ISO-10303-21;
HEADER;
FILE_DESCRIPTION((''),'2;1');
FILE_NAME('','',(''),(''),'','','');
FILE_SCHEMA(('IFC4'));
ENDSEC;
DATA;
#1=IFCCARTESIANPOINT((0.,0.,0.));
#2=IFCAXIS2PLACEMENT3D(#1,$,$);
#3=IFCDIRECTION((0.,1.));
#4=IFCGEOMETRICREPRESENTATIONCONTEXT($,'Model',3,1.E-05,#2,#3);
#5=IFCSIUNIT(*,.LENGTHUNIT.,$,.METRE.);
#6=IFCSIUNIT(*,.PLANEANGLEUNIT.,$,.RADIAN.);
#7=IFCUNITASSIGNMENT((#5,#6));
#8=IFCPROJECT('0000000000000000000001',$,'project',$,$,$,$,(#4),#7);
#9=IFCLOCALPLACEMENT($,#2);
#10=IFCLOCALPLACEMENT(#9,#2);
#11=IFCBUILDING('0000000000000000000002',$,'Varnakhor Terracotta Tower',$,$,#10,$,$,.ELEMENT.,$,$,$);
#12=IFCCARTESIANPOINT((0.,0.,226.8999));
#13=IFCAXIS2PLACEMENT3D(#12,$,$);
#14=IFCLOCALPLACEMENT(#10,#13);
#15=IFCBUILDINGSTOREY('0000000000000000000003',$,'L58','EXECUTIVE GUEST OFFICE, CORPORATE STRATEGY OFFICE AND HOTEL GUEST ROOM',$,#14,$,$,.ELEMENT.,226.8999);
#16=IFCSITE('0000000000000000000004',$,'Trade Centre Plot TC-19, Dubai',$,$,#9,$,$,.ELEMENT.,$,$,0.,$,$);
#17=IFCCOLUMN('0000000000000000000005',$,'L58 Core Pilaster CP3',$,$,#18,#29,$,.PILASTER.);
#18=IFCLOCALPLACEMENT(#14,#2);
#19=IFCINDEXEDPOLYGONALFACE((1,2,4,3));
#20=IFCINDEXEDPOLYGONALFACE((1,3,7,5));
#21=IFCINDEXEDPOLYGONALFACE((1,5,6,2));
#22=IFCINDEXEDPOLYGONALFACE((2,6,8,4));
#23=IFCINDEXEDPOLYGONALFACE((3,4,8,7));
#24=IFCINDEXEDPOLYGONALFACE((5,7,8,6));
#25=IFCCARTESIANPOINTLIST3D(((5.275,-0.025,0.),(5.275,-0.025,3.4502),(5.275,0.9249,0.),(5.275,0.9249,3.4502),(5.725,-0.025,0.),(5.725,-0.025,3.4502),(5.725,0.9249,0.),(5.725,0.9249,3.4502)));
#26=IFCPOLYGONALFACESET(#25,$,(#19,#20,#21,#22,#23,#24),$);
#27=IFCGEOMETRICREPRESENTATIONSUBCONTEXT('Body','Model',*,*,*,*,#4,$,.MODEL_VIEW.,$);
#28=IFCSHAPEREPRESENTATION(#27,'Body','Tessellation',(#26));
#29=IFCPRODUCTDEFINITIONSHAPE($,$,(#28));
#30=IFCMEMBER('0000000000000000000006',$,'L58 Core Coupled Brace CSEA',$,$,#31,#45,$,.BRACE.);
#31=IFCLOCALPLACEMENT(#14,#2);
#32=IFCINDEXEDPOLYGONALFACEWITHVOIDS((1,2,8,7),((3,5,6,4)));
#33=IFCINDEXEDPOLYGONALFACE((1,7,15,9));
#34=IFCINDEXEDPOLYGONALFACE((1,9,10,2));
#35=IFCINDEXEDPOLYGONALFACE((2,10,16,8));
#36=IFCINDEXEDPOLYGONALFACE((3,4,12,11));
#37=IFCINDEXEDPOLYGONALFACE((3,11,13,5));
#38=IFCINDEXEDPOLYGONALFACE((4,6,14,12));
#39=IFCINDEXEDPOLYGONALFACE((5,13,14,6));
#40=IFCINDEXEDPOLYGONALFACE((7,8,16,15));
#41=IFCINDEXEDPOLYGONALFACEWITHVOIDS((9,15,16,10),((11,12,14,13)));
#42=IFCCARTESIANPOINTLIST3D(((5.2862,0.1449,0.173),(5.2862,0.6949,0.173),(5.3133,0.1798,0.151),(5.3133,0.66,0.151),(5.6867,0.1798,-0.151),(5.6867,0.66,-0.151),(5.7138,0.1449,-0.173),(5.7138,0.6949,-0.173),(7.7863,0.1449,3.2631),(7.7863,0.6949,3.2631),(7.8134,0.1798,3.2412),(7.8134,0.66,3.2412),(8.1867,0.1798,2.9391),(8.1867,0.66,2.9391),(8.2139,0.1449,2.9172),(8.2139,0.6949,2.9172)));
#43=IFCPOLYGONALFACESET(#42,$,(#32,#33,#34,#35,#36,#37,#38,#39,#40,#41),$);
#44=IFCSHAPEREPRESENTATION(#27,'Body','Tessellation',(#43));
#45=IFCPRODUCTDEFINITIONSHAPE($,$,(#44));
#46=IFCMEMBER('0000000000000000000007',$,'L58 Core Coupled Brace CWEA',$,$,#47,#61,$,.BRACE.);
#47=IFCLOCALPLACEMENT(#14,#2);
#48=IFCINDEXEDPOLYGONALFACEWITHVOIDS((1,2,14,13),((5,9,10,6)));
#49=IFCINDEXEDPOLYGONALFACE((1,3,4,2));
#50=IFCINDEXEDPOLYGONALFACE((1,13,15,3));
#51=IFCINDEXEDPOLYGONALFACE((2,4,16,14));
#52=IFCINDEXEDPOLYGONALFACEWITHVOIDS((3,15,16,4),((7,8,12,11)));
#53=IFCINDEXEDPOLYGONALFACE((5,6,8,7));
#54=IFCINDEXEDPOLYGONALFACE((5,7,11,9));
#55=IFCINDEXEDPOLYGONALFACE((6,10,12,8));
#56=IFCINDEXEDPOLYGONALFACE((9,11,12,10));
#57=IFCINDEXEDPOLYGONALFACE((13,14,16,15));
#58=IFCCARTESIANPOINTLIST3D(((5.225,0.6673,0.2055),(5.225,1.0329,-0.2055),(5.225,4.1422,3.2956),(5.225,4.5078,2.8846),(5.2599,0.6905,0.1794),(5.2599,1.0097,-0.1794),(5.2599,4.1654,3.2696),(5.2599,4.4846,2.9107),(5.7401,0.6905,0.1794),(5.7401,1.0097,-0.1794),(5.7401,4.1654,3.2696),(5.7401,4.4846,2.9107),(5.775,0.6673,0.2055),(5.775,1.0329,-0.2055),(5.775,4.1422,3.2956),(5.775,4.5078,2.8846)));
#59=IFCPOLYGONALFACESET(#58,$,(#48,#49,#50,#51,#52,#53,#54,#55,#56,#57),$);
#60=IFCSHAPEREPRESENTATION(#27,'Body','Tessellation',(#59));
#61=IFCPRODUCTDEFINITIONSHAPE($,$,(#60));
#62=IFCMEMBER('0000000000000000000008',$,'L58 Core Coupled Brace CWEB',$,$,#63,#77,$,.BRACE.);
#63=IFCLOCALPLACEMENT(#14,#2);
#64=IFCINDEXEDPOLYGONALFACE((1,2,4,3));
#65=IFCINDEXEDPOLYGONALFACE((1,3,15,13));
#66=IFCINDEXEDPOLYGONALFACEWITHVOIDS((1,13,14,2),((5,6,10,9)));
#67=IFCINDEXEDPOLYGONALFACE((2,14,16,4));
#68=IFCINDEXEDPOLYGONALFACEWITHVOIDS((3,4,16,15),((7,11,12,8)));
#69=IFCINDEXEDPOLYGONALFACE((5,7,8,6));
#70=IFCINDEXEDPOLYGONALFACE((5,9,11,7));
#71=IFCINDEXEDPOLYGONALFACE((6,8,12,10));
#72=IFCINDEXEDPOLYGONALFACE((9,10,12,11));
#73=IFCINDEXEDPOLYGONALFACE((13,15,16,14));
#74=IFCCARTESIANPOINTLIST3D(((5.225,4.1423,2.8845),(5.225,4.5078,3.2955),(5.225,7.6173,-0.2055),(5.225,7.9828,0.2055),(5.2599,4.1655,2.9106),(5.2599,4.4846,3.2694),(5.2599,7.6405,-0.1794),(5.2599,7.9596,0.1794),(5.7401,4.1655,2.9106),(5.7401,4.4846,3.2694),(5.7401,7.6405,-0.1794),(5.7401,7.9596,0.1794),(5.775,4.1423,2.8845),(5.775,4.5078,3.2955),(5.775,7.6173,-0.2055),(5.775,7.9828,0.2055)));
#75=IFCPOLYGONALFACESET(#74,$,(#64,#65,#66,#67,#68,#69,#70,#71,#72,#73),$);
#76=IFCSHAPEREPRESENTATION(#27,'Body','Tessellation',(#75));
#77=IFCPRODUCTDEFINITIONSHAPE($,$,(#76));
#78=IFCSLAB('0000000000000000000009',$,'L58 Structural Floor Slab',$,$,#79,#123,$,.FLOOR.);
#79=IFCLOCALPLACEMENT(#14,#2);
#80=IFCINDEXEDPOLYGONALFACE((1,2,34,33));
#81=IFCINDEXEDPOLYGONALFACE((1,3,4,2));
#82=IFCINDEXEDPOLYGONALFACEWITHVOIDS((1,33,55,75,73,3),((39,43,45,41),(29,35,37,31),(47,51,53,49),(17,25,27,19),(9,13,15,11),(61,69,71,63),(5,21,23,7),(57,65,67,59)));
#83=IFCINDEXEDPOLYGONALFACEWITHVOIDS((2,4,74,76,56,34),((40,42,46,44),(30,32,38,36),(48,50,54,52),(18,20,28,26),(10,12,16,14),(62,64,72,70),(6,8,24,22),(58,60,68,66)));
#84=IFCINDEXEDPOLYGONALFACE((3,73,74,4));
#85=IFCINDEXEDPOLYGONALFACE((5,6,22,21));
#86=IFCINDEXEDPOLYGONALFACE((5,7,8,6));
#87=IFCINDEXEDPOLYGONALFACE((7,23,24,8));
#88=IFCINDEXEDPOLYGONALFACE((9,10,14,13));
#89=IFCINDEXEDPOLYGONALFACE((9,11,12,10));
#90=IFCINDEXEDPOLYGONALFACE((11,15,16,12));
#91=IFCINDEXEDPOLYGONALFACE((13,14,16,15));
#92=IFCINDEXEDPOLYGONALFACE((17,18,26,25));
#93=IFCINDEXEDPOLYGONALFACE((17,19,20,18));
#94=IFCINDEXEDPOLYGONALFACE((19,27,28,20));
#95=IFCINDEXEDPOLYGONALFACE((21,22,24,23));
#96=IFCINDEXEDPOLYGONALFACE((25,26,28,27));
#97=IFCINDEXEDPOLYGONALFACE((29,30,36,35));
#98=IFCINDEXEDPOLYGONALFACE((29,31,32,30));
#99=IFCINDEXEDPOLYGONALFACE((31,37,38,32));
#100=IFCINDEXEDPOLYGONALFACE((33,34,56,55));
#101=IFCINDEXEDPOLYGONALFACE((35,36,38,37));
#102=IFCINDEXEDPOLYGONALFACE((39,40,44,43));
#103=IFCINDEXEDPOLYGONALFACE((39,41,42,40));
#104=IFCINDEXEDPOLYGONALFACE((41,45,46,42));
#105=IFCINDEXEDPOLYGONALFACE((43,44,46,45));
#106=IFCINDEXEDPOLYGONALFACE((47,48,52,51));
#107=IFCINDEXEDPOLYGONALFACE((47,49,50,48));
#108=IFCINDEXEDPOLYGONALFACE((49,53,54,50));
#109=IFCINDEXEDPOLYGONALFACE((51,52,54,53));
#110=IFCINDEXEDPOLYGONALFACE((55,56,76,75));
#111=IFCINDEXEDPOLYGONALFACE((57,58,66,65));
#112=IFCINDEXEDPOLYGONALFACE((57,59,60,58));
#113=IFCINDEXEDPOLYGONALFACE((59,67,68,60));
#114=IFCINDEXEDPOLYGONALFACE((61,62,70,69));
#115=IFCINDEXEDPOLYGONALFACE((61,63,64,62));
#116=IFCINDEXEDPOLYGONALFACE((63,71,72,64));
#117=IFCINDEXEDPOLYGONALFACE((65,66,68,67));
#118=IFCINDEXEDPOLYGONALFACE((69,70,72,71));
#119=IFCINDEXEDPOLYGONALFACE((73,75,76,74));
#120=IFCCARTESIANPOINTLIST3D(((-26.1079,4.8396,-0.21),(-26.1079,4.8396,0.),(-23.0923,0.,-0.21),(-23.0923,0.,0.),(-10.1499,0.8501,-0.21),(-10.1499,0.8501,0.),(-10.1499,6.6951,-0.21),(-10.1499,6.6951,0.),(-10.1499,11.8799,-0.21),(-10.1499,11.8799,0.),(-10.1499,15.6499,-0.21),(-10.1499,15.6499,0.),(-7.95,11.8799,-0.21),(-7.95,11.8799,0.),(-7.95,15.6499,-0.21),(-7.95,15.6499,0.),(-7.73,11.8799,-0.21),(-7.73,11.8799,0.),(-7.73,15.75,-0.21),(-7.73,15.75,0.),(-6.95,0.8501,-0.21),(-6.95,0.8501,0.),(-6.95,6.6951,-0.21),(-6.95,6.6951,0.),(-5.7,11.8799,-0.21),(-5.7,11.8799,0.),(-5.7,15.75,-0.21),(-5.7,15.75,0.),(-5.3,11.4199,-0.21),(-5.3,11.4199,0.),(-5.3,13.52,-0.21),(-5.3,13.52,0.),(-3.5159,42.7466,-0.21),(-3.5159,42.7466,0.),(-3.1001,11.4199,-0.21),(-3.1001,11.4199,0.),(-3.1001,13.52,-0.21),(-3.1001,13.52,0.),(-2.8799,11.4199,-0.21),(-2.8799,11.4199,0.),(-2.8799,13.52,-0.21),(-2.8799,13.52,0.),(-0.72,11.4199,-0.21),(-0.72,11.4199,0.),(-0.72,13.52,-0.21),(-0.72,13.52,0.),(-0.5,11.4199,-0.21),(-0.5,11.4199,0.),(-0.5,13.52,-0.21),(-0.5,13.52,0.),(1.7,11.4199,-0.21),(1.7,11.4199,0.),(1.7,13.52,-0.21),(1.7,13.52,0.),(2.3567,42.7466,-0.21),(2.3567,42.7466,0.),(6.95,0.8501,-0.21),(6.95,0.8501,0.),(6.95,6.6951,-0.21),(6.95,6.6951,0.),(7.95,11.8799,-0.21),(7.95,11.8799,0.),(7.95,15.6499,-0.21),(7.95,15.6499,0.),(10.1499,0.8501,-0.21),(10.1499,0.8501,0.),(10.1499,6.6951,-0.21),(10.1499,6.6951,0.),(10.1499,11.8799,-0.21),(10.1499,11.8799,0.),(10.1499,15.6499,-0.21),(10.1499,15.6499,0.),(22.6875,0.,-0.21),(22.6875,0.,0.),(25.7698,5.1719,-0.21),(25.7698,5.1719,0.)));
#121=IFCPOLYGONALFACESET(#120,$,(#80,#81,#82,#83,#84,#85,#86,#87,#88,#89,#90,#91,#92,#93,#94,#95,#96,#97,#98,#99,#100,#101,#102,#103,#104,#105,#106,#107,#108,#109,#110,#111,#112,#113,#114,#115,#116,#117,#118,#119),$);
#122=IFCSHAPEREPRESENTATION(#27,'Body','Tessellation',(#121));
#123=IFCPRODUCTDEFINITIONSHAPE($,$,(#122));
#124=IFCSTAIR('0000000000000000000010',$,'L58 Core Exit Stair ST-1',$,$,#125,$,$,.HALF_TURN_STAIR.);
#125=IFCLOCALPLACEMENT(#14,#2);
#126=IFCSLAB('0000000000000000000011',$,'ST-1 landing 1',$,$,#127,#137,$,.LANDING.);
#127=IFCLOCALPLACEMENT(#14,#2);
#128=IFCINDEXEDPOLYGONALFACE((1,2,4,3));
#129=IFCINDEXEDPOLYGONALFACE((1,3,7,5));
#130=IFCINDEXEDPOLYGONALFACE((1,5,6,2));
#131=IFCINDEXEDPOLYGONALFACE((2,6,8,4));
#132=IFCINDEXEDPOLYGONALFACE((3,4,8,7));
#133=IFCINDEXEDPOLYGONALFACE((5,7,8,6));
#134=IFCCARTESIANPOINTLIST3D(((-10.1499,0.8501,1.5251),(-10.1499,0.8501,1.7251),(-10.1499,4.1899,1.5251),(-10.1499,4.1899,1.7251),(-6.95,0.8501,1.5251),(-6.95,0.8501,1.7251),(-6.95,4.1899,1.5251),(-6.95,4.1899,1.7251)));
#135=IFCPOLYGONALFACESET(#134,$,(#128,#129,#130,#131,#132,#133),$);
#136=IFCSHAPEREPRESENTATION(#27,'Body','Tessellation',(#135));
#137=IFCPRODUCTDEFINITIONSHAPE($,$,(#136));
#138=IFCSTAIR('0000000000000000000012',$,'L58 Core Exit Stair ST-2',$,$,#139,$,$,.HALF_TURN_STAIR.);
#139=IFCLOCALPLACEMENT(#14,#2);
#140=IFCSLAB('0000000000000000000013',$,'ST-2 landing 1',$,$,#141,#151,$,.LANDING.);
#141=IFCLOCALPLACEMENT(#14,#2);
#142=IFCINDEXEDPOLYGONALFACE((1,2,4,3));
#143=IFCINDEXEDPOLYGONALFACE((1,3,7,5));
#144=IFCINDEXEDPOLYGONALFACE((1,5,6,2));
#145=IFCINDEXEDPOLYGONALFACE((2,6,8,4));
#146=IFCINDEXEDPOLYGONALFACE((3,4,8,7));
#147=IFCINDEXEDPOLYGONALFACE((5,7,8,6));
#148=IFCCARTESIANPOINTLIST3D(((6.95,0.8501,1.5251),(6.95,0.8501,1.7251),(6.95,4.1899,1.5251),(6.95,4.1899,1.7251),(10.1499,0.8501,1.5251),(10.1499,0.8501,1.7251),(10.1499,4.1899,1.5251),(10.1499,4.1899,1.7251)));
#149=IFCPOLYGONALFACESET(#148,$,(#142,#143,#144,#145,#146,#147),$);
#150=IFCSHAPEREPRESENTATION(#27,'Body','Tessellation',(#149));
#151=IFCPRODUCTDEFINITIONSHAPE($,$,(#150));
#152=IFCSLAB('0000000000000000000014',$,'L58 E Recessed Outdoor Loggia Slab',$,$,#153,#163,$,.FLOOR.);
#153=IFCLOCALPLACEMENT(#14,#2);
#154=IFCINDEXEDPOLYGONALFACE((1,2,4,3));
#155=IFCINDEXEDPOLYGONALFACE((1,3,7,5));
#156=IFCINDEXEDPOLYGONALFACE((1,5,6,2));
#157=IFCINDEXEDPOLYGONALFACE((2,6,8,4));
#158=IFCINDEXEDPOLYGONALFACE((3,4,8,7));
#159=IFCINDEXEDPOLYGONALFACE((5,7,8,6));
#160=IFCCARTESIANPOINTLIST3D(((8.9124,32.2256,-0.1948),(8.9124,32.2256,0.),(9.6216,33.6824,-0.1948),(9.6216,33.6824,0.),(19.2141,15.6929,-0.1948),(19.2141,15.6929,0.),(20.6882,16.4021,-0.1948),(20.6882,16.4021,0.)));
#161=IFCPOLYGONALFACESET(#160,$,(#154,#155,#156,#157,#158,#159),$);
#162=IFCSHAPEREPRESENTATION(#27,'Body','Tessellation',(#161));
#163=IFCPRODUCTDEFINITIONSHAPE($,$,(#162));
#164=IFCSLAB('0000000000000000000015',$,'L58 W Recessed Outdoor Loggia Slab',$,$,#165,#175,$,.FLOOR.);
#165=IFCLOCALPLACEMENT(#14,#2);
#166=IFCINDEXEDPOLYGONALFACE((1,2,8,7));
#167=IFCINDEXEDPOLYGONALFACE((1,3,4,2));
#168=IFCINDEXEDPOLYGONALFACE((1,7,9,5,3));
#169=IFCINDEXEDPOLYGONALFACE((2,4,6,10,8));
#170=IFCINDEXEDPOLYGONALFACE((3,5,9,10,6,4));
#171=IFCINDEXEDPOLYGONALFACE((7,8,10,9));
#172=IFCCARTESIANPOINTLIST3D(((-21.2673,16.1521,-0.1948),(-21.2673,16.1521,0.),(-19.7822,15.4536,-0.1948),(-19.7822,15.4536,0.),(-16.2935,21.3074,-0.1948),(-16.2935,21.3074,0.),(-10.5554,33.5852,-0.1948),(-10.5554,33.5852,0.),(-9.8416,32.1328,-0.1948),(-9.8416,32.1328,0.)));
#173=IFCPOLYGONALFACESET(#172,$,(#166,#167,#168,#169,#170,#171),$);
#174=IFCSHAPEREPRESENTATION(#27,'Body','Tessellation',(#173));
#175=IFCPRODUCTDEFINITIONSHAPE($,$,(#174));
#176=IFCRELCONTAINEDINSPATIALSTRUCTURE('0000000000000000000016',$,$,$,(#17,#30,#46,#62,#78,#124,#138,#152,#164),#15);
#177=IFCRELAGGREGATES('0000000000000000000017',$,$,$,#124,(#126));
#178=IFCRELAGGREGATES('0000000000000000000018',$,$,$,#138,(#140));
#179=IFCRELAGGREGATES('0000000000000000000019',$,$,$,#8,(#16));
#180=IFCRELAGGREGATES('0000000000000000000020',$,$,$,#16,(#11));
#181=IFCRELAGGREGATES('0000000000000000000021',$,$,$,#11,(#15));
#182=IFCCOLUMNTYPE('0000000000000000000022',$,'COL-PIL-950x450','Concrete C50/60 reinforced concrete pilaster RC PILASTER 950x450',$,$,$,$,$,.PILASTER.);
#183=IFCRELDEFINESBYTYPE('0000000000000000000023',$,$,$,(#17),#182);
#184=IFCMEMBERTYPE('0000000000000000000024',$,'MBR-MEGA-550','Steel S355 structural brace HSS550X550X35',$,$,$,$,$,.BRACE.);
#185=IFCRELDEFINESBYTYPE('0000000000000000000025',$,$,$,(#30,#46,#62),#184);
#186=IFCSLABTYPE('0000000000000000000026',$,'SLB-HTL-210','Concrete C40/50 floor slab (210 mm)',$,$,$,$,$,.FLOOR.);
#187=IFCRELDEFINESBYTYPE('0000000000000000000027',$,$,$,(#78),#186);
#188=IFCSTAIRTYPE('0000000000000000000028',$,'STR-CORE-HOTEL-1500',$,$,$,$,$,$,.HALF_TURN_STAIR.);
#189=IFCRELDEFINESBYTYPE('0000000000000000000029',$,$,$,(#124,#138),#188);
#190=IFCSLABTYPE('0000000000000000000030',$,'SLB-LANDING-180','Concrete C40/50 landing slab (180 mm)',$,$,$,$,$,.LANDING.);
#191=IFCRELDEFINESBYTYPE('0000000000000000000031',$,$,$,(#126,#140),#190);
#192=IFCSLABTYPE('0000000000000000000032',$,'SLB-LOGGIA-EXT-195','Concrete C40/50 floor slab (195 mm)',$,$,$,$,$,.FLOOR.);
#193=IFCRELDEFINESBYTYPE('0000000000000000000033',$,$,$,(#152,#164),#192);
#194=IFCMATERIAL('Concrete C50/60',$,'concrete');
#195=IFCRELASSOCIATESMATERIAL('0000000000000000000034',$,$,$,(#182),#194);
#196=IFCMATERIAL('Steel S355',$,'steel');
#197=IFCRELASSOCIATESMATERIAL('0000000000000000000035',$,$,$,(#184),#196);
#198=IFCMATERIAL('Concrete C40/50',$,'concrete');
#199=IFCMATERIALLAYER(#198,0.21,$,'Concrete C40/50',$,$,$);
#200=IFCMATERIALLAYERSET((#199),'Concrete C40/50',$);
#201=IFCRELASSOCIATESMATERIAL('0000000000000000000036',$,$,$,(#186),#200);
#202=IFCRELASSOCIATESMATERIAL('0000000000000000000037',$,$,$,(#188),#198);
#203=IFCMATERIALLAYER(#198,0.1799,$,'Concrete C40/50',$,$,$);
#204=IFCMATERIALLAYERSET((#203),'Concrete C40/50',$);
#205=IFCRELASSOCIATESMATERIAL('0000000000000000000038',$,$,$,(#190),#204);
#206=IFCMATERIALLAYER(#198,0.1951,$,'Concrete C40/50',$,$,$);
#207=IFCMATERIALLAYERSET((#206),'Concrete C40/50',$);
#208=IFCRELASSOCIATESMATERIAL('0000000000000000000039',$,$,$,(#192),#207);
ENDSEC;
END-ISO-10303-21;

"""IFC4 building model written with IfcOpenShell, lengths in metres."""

from ifc_helpers import new_model, si_unit, direction, frame, origin, origin_2d, place, context, subcontext, project, spatial, polyline, rectangle, hollow_rectangle, outline, extrude, source, transform, mapped, material, layer, layer_set, material_profile, profile_set, type_object, element, aggregate, save


model = new_model("IFC4")

# Units and contexts
model_context = context("Model", 3, precision=1e-05, world=origin(), true_north=direction((0.0, 1.0)))
body_context = subcontext(model_context, "Body", "Model", "MODEL_VIEW")
ifc_project = project(units=[si_unit("LENGTHUNIT", "METRE"), si_unit("PLANEANGLEUNIT", "RADIAN")], contexts=[model_context])

# Site, building, storey
site_placement = place(None, origin())
site = spatial("IfcSite", under=ifc_project, at=site_placement, Name="Trade Centre Plot TC-19, Dubai", CompositionType="ELEMENT", RefElevation=0.0)
building_placement = place(site_placement, origin())
building = spatial("IfcBuilding", under=site, at=building_placement, Name="Varnakhor Terracotta Tower", CompositionType="ELEMENT")
storey_placement = place(building_placement, frame((0.0, 0.0, 226.8999)))
storey = spatial("IfcBuildingStorey", under=building, at=storey_placement, Name="L58", Description="EXECUTIVE GUEST OFFICE, CORPORATE STRATEGY OFFICE AND HOTEL GUEST ROOM", CompositionType="ELEMENT", Elevation=226.8999)

# Column
ifc_material_1 = material(Name="Concrete C50/60", Category="concrete")
ifc_material_profile_1 = material_profile(ifc_material_1, rectangle(XDim=0.45, YDim=0.95, at=origin_2d()), Name="RC PILASTER 950x450")
ifc_profile_set_1 = profile_set([ifc_material_profile_1], Name="Concrete C50/60")
column_type = type_object("IfcColumnType", Name="COL-PIL-950x450", Description="Concrete C50/60 reinforced concrete pilaster RC PILASTER 950x450", PredefinedType="PILASTER", material=ifc_profile_set_1)
shared_shape_1 = source(origin(), body_context, "Body", "SweptSolid", [
    extrude(rectangle(XDim=0.45, YDim=0.95, at=origin_2d()), origin(), (0.0, 0.0, 1.0), 3.4502),
])
column_placement = place(storey_placement, frame((5.5, 0.45, 0.0), z_axis=(0.0, 0.0, 1.0), x_axis=(1.0, 0.0, 0.0)))
element("IfcColumn", 1, at=column_placement, inside=storey, type_object=column_type, Name="L58 Core Pilaster CP3", PredefinedType="PILASTER", context=body_context, shape_type="MappedRepresentation", body=[
    mapped(shared_shape_1, transform((0.0, 0.0, 0.0), scale=1.0)),
])

# Members
ifc_material_2 = material(Name="Steel S355", Category="steel")
ifc_material_profile_2 = material_profile(ifc_material_2, hollow_rectangle(XDim=0.55, YDim=0.55, WallThickness=0.0349, at=origin_2d()), Name="HSS550X550X35")
ifc_profile_set_2 = profile_set([ifc_material_profile_2], Name="Steel S355")
member_type = type_object("IfcMemberType", Name="MBR-MEGA-550", Description="Steel S355 structural brace HSS550X550X35", PredefinedType="BRACE", material=ifc_profile_set_2)
shared_shape_2 = source(origin(), body_context, "Body", "SweptSolid", [
    extrude(hollow_rectangle(XDim=0.55, YDim=0.55, WallThickness=0.0349, at=origin_2d()), origin(), (0.0, 0.0, 1.0), 3.9749),
])
member_placement = place(storey_placement, frame((5.5, 0.4199, 0.0), z_axis=(0.62897, 0.0, 0.777429), x_axis=(0.0, 1.0, 0.0)))
element("IfcMember", 2, at=member_placement, inside=storey, type_object=member_type, Name="L58 Core Coupled Brace CSEA", PredefinedType="BRACE", context=body_context, shape_type="MappedRepresentation", body=[
    mapped(shared_shape_2, transform((0.0, 0.0, 0.0), scale=1.0)),
])
shared_shape_3 = source(origin(), body_context, "Body", "SweptSolid", [
    extrude(hollow_rectangle(XDim=0.55, YDim=0.55, WallThickness=0.0349, at=origin_2d()), origin(), (0.0, 0.0, 1.0), 4.6501),
])
for number, where, z_axis, x_axis, name in (
    (3, (5.5, 0.8501, 0.0), (0.0, 0.747267, 0.664524), (-1.0, 0.0, 0.0), "L58 Core Coupled Brace CWEA"),
    (4, (5.5, 7.8, 0.0), (0.0, -0.747291, 0.664497), (1.0, 0.0, 0.0), "L58 Core Coupled Brace CWEB"),
):
    element("IfcMember", number, at=place(storey_placement, frame(where, z_axis=z_axis, x_axis=x_axis)), inside=storey, type_object=member_type, Name=name, PredefinedType="BRACE", context=body_context, shape_type="MappedRepresentation", body=[
        mapped(shared_shape_3, transform((0.0, 0.0, 0.0), scale=1.0)),
    ])

# Slab
ifc_material_3 = material(Name="Concrete C40/50", Category="concrete")
ifc_layer_1 = layer(ifc_material_3, 0.21, Name="Concrete C40/50")
ifc_layer_set_1 = layer_set([ifc_layer_1], Name="Concrete C40/50")
slab_type_1 = type_object("IfcSlabType", Name="SLB-HTL-210", Description="Concrete C40/50 floor slab (210 mm)", PredefinedType="FLOOR", material=ifc_layer_set_1)
slab_1_placement = place(storey_placement, frame((0.0, 0.0, -0.21)))
element("IfcSlab", 5, at=slab_1_placement, inside=storey, type_object=slab_type_1, Name="L58 Structural Floor Slab", PredefinedType="FLOOR", context=body_context, shape_type="SweptSolid", body=[
    extrude(outline(polyline([(-26.1079, 4.8396), (-3.5159, 42.7466), (2.3567, 42.7466), (25.7698, 5.1719), (22.6875, 0.0), (-23.0923, 0.0), (-26.1079, 4.8396)]), holes=[polyline([(-6.95, 0.8501), (-6.95, 6.6951), (-10.1499, 6.6951), (-10.1499, 0.8501), (-6.95, 0.8501)]), polyline([(10.1499, 0.8501), (10.1499, 6.6951), (6.95, 6.6951), (6.95, 0.8501), (10.1499, 0.8501)]), polyline([(-3.1001, 11.4199), (-3.1001, 13.52), (-5.3, 13.52), (-5.3, 11.4199), (-3.1001, 11.4199)]), polyline([(-0.72, 11.4199), (-0.72, 13.52), (-2.8799, 13.52), (-2.8799, 11.4199), (-0.72, 11.4199)]), polyline([(1.7, 11.4199), (1.7, 13.52), (-0.5, 13.52), (-0.5, 11.4199), (1.7, 11.4199)]), polyline([(-7.95, 11.8799), (-7.95, 15.6499), (-10.1499, 15.6499), (-10.1499, 11.8799), (-7.95, 11.8799)]), polyline([(10.1499, 11.8799), (10.1499, 15.6499), (7.95, 15.6499), (7.95, 11.8799), (10.1499, 11.8799)]), polyline([(-5.7, 11.8799), (-5.7, 15.75), (-7.73, 15.75), (-7.73, 11.8799), (-5.7, 11.8799)])]), origin(), (0.0, 0.0, 1.0), 0.21),
])

# Stairs, slabs
stair_type = type_object("IfcStairType", Name="STR-CORE-HOTEL-1500", PredefinedType="HALF_TURN_STAIR", material=ifc_material_3)
stair_1_placement = place(storey_placement, origin())
stair_1 = element("IfcStair", 6, at=stair_1_placement, inside=storey, type_object=stair_type, Name="L58 Core Exit Stair ST-1", PredefinedType="HALF_TURN_STAIR")
ifc_layer_2 = layer(ifc_material_3, 0.1799, Name="Concrete C40/50")
ifc_layer_set_2 = layer_set([ifc_layer_2], Name="Concrete C40/50")
slab_type_2 = type_object("IfcSlabType", Name="SLB-LANDING-180", Description="Concrete C40/50 landing slab (180 mm)", PredefinedType="LANDING", material=ifc_layer_set_2)
slab_2_placement = place(storey_placement, frame((0.0, 0.0, 1.5251)))
slab_2 = element("IfcSlab", 7, at=slab_2_placement, type_object=slab_type_2, Name="ST-1 landing 1", PredefinedType="LANDING", context=body_context, shape_type="SweptSolid", body=[
    extrude(outline(polyline([(-10.1499, 4.1899), (-10.1499, 0.8501), (-6.95, 0.8501), (-6.95, 4.1899), (-10.1499, 4.1899)])), origin(), (0.0, 0.0, 1.0), 0.2),
])
aggregate(stair_1, [slab_2])
stair_2_placement = place(storey_placement, origin())
stair_2 = element("IfcStair", 8, at=stair_2_placement, inside=storey, type_object=stair_type, Name="L58 Core Exit Stair ST-2", PredefinedType="HALF_TURN_STAIR")
slab_3_placement = place(storey_placement, frame((0.0, 0.0, 1.5251)))
slab_3 = element("IfcSlab", 9, at=slab_3_placement, type_object=slab_type_2, Name="ST-2 landing 1", PredefinedType="LANDING", context=body_context, shape_type="SweptSolid", body=[
    extrude(outline(polyline([(6.95, 4.1899), (6.95, 0.8501), (10.1499, 0.8501), (10.1499, 4.1899), (6.95, 4.1899)])), origin(), (0.0, 0.0, 1.0), 0.2),
])

# Slabs
ifc_layer_3 = layer(ifc_material_3, 0.1951, Name="Concrete C40/50")
ifc_layer_set_3 = layer_set([ifc_layer_3], Name="Concrete C40/50")
slab_type_3 = type_object("IfcSlabType", Name="SLB-LOGGIA-EXT-195", Description="Concrete C40/50 floor slab (195 mm)", PredefinedType="FLOOR", material=ifc_layer_set_3)
slab_4_placement = place(storey_placement, frame((0.0, 0.0, -0.1948)))
element("IfcSlab", 10, at=slab_4_placement, inside=storey, type_object=slab_type_3, Name="L58 E Recessed Outdoor Loggia Slab", PredefinedType="FLOOR", context=body_context, shape_type="SweptSolid", body=[
    extrude(outline(polyline([(9.6216, 33.6824), (20.6882, 16.4021), (19.2141, 15.6929), (8.9124, 32.2256), (9.6216, 33.6824)])), origin(), (0.0, 0.0, 1.0), 0.1948),
])
slab_5_placement = place(storey_placement, frame((0.0, 0.0, -0.1948)))
element("IfcSlab", 11, at=slab_5_placement, inside=storey, type_object=slab_type_3, Name="L58 W Recessed Outdoor Loggia Slab", PredefinedType="FLOOR", context=body_context, shape_type="SweptSolid", body=[
    extrude(outline(polyline([(-21.2673, 16.1521), (-10.5554, 33.5852), (-9.8416, 32.1328), (-16.2935, 21.3074), (-19.7822, 15.4536), (-21.2673, 16.1521)])), origin(), (0.0, 0.0, 1.0), 0.1948),
])

aggregate(stair_2, [slab_3])

save(model, "model.ifc")
